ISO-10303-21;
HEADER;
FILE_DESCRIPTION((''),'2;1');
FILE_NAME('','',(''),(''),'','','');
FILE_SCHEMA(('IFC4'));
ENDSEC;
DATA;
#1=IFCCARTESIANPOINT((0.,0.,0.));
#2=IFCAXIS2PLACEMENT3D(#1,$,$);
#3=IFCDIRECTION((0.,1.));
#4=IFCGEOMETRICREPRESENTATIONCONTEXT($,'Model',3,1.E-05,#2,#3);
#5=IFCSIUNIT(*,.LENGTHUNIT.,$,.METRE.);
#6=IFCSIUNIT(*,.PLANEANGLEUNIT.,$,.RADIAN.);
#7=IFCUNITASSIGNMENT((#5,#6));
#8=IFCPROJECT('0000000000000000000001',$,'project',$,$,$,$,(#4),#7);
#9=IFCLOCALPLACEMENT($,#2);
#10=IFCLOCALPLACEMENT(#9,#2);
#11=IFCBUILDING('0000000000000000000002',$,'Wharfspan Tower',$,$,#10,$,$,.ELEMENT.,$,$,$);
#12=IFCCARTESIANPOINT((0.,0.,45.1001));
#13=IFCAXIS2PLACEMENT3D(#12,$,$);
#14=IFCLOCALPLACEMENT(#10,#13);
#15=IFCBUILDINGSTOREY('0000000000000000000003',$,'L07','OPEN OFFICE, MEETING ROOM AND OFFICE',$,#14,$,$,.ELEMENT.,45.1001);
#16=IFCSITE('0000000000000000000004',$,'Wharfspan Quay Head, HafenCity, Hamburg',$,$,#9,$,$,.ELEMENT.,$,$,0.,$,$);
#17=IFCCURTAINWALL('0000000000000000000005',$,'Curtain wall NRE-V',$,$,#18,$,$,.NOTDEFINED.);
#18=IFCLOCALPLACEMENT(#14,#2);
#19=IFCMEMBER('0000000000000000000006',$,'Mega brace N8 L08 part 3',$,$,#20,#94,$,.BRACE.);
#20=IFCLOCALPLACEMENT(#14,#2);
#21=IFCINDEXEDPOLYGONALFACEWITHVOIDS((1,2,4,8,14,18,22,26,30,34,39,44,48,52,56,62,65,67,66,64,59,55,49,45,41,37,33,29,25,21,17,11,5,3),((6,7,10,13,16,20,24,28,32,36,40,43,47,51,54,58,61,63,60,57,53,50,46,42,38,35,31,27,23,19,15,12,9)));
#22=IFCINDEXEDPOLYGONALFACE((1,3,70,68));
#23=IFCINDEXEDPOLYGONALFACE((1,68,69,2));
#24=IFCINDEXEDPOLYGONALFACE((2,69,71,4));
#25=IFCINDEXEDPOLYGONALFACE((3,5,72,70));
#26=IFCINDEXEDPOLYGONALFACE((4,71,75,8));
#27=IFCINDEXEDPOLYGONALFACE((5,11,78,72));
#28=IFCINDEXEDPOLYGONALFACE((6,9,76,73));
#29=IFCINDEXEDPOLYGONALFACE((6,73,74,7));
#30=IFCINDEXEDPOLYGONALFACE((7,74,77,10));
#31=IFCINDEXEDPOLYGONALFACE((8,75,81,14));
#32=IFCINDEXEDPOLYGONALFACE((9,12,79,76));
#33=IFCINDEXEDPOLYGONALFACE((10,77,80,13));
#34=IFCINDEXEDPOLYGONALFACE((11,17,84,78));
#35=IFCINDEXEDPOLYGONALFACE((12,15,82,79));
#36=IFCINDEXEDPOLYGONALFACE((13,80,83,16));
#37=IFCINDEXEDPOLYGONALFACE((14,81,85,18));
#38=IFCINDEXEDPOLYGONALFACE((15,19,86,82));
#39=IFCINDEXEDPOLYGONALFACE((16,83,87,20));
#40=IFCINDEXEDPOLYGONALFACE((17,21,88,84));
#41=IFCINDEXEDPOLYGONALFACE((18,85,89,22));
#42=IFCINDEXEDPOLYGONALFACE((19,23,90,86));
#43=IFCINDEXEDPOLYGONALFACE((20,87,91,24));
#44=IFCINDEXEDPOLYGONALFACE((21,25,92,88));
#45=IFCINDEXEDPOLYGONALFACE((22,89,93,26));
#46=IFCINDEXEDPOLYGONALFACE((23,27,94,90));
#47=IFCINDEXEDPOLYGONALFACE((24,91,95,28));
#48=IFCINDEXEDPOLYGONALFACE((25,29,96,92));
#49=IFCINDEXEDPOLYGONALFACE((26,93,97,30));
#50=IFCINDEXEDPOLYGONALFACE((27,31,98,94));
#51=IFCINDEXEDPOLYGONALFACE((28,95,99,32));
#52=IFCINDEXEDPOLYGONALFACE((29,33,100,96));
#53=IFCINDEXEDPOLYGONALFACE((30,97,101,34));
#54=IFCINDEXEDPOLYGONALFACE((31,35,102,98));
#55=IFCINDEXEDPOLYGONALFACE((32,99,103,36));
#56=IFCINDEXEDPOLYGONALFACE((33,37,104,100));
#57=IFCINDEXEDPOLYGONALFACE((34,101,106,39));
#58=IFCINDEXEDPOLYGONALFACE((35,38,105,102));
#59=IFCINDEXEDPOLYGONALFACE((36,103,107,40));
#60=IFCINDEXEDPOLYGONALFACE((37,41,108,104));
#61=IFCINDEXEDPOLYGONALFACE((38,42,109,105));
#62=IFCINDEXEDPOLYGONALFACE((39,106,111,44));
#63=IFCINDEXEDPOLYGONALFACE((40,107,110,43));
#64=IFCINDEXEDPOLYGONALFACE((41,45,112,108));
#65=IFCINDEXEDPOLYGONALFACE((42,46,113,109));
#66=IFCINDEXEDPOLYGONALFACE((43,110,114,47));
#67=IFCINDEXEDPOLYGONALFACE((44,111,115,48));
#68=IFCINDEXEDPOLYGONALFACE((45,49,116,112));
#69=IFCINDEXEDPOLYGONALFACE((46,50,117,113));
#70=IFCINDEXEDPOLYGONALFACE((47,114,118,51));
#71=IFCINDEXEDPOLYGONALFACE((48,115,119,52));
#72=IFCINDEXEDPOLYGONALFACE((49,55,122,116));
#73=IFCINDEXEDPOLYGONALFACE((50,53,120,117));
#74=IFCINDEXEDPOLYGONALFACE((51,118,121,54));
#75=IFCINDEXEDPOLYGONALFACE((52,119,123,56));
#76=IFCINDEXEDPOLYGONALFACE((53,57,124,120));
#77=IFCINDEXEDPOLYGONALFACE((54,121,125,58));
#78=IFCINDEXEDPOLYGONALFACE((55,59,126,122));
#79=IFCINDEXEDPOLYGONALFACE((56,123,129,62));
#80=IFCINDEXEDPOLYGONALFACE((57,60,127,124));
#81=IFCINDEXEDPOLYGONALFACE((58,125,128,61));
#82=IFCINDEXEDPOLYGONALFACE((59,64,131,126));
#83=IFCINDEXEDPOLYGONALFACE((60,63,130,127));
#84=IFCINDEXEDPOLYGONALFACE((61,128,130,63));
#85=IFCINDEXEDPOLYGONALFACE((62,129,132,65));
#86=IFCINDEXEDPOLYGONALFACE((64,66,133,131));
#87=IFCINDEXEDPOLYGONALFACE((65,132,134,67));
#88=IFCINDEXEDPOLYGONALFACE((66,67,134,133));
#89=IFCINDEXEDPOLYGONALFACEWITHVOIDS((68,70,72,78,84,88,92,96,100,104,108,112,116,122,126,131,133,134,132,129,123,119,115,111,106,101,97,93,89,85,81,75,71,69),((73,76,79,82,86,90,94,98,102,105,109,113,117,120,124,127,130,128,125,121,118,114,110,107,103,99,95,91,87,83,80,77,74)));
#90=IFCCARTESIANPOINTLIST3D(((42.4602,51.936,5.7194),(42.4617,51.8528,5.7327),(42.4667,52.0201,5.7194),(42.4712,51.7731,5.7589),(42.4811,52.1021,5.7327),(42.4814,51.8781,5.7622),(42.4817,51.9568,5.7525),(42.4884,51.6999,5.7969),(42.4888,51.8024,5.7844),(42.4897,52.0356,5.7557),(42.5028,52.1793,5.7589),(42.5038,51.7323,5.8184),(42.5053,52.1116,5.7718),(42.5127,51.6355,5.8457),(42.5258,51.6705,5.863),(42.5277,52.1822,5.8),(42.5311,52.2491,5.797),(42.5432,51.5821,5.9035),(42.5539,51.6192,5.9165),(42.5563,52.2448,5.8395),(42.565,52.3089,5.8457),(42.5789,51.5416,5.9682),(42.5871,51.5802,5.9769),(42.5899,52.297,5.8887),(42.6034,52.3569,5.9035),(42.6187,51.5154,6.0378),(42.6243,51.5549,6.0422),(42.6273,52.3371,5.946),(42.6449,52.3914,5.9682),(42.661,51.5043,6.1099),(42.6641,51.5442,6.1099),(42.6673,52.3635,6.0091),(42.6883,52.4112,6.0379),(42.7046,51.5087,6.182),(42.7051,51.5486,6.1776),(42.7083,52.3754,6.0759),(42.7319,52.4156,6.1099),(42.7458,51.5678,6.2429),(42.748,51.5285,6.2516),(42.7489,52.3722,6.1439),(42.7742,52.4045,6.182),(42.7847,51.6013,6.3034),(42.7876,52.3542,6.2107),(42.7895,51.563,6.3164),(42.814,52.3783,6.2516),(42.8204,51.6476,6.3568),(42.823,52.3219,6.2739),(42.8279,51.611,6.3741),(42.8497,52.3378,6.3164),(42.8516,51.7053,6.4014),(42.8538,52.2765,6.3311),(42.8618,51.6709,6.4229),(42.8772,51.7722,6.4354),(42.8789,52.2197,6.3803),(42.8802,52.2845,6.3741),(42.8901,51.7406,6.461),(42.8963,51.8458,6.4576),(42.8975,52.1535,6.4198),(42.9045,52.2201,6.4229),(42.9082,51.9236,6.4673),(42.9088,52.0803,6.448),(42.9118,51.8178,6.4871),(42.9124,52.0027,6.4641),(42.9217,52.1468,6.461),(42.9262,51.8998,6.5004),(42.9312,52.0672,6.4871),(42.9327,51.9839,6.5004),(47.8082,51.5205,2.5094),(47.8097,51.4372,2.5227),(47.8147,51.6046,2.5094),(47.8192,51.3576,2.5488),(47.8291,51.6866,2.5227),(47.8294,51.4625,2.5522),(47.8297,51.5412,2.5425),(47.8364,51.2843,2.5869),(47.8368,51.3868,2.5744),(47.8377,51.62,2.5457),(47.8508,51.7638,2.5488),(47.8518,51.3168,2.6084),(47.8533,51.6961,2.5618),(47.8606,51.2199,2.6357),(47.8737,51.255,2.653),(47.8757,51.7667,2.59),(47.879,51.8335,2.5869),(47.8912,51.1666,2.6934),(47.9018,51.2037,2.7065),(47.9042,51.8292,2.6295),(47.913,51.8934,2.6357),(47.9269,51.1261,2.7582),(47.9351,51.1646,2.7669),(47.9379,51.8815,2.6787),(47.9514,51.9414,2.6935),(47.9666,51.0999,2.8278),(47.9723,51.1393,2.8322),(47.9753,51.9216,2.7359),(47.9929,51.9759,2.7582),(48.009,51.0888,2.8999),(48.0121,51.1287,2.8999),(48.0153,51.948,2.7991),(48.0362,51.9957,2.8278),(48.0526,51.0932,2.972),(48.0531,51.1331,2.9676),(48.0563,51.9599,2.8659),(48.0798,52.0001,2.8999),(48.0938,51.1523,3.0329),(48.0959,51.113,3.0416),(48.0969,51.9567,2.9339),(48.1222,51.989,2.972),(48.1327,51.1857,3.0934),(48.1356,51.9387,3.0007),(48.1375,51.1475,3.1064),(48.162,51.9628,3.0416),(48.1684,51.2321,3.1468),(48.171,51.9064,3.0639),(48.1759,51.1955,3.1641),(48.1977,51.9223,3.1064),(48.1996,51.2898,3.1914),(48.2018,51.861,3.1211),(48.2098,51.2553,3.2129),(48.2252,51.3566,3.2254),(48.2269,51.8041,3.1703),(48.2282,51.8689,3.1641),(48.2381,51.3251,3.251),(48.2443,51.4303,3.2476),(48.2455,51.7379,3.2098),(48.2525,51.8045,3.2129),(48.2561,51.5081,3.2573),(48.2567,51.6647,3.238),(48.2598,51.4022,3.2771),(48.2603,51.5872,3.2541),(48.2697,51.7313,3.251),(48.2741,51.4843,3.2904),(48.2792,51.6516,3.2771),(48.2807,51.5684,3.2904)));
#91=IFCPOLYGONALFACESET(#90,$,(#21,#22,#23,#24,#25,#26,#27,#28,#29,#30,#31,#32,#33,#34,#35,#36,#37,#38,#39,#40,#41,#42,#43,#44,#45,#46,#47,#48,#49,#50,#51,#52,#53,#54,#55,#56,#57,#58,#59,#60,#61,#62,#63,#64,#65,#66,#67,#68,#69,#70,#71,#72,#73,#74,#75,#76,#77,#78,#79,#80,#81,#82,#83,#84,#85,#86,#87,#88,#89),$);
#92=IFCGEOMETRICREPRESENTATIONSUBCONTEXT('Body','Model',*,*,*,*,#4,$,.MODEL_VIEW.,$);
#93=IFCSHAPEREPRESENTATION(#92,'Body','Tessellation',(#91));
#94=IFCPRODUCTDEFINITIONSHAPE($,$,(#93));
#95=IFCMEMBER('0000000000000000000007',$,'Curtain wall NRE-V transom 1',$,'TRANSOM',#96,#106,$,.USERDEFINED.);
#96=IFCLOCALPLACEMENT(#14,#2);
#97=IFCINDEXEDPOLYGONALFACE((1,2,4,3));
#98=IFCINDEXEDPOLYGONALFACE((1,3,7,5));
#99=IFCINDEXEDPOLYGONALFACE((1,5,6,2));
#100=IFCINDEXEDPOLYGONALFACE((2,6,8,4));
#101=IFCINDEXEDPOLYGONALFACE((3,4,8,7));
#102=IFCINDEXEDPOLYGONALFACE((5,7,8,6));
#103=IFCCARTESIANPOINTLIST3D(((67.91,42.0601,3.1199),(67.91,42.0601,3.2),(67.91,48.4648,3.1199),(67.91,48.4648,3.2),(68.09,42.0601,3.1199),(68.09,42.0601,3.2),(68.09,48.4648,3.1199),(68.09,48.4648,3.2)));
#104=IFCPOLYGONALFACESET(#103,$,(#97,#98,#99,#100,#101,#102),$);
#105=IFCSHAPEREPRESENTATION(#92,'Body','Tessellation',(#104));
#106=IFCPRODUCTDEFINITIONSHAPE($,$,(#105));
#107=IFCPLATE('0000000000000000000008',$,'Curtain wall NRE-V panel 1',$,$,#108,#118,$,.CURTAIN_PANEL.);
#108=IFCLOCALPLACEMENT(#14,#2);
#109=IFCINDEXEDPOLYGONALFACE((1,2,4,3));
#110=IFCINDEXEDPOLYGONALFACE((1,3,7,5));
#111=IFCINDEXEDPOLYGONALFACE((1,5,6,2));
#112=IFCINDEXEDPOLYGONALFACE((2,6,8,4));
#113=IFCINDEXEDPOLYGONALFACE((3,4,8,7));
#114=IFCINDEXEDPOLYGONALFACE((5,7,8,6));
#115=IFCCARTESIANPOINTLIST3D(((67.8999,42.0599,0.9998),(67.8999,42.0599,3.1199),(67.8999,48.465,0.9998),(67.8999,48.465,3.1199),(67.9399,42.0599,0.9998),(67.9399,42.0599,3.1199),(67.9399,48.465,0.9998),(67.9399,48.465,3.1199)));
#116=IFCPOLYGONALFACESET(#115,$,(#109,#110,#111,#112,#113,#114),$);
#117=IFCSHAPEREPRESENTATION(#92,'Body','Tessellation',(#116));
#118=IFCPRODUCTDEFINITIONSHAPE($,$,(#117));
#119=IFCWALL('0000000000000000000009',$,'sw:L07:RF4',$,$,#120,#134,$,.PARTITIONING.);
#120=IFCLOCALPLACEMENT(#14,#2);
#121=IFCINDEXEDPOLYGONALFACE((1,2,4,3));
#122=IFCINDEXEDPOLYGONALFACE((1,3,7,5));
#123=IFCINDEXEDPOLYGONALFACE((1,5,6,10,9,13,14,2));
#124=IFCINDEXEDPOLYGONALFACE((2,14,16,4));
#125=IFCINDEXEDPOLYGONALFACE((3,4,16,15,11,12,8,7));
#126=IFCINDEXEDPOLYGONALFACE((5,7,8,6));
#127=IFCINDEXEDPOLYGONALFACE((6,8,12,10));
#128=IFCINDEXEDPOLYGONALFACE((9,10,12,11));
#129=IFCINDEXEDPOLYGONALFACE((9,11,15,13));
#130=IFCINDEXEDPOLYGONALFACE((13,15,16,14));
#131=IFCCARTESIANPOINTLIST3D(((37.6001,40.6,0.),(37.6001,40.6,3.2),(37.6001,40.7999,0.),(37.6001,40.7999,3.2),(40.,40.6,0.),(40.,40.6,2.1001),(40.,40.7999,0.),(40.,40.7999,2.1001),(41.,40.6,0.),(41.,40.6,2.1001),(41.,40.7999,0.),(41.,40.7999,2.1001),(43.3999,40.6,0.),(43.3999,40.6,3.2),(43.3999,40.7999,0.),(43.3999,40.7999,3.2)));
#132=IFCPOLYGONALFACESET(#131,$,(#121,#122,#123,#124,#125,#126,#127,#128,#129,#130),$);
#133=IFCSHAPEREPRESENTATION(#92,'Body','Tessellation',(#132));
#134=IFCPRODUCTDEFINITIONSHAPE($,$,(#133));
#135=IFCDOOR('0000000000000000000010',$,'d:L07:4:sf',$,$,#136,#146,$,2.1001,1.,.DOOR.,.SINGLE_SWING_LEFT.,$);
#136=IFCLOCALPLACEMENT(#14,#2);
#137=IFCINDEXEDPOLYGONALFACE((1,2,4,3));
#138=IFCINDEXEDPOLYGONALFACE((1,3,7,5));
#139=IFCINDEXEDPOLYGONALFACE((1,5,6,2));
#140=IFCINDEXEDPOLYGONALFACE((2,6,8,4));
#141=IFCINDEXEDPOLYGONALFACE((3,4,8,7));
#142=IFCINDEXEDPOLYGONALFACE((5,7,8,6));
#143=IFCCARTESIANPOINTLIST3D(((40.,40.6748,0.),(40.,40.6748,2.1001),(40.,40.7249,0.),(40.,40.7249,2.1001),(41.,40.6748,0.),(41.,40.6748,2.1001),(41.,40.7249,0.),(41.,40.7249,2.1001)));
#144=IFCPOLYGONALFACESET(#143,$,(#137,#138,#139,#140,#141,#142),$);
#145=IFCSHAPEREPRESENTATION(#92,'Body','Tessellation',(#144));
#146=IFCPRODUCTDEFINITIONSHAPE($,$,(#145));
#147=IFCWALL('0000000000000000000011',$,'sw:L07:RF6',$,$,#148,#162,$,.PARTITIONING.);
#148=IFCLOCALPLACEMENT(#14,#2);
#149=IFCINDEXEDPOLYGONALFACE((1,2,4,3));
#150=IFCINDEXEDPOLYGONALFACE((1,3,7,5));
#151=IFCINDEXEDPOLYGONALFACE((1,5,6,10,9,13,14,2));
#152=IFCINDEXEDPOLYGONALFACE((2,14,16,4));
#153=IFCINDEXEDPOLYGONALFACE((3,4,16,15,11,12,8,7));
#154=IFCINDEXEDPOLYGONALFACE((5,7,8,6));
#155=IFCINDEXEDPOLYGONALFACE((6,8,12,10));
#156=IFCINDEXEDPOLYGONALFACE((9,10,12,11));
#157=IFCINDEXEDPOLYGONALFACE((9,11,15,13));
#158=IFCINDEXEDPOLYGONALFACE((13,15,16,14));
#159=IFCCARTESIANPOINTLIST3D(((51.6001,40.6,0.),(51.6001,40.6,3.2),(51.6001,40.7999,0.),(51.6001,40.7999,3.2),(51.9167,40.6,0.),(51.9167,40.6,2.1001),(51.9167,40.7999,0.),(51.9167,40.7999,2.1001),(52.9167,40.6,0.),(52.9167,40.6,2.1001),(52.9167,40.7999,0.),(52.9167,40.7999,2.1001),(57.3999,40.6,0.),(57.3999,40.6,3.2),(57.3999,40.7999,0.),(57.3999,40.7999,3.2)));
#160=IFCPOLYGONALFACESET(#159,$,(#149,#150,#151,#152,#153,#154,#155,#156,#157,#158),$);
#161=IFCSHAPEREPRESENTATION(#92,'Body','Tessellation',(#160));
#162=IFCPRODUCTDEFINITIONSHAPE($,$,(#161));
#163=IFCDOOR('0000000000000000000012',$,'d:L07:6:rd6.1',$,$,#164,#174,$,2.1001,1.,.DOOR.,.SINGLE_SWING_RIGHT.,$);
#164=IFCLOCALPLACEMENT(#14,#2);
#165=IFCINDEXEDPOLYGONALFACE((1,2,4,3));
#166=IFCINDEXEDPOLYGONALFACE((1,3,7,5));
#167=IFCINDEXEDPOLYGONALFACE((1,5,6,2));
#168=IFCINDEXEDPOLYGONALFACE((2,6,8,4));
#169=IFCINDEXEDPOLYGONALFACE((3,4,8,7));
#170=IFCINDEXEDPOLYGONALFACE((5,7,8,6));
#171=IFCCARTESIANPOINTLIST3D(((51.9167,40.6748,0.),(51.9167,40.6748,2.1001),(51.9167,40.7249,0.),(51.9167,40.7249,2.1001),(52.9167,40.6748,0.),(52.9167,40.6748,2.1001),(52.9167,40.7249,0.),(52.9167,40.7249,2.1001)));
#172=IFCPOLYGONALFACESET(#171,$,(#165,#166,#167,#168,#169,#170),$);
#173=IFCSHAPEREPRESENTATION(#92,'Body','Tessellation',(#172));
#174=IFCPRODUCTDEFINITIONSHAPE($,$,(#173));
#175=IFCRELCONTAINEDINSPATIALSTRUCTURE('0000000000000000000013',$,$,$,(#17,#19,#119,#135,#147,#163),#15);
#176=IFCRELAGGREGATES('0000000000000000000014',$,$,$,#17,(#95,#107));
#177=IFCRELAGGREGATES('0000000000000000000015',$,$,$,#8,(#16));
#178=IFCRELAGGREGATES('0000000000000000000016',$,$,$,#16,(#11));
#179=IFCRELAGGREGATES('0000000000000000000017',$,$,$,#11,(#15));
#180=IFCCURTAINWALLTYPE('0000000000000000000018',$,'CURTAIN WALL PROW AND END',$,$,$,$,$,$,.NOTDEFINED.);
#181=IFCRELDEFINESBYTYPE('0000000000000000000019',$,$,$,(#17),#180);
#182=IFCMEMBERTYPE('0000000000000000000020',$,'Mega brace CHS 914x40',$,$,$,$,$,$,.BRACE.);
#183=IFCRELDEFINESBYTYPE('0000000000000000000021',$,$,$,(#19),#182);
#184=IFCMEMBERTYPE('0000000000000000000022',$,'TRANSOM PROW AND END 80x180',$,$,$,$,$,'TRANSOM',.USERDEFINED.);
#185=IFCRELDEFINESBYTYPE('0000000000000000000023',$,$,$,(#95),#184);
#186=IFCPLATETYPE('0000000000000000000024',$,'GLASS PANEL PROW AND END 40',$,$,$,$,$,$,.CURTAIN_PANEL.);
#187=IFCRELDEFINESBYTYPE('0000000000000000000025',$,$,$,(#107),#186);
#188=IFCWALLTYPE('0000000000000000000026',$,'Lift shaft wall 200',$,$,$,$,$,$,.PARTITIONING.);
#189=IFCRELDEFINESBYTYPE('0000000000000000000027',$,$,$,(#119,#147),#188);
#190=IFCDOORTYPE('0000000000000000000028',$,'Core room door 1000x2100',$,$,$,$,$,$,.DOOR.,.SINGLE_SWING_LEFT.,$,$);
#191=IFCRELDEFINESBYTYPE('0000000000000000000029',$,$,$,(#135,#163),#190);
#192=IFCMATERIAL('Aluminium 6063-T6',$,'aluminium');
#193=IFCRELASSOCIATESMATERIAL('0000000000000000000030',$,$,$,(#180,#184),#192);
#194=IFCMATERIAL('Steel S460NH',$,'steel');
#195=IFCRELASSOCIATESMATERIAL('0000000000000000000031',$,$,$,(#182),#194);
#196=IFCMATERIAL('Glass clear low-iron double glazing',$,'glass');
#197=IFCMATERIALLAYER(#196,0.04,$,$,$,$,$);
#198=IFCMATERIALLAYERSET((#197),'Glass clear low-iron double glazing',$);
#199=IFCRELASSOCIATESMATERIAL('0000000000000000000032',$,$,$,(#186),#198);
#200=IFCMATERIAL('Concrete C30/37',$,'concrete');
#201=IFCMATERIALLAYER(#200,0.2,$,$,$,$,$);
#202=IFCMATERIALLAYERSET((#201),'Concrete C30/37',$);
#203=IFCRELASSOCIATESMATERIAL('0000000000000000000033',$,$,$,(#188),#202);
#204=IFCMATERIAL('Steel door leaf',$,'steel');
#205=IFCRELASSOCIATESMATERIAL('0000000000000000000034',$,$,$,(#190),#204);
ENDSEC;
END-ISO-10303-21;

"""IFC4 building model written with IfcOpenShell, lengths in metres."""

from ifc_helpers import new_model, si_unit, direction, frame, frame_2d, origin, origin_2d, place, context, subcontext, project, spatial, rectangle, hollow_circle, extrude, material, layer, layer_set, material_profile, profile_set, type_object, element, fill, aggregate, save


model = new_model("IFC4")

# Units and contexts
model_context = context("Model", 3, precision=1e-05, world=origin(), true_north=direction((0.0, 1.0)))
body_context = subcontext(model_context, "Body", "Model", "MODEL_VIEW")
ifc_project = project(units=[si_unit("LENGTHUNIT", "METRE"), si_unit("PLANEANGLEUNIT", "RADIAN")], contexts=[model_context])

# Site, building, storey
site_placement = place(None, origin())
site = spatial("IfcSite", under=ifc_project, at=site_placement, Name="Wharfspan Quay Head, HafenCity, Hamburg", CompositionType="ELEMENT", RefElevation=0.0)
building_placement = place(site_placement, origin())
building = spatial("IfcBuilding", under=site, at=building_placement, Name="Wharfspan Tower", CompositionType="ELEMENT")
storey_placement = place(building_placement, frame((0.0, 0.0, 45.1001)))
storey = spatial("IfcBuildingStorey", under=building, at=storey_placement, Name="L07", Description="OPEN OFFICE, MEETING ROOM AND OFFICE", CompositionType="ELEMENT", Elevation=45.1001)

# Curtain wall
ifc_material_1 = material(Name="Aluminium 6063-T6", Category="aluminium")
curtain_wall_type = type_object("IfcCurtainWallType", Name="CURTAIN WALL PROW AND END", PredefinedType="NOTDEFINED", material=ifc_material_1)
curtain_wall_placement = place(storey_placement, origin())
curtain_wall = element("IfcCurtainWall", 1, at=curtain_wall_placement, inside=storey, type_object=curtain_wall_type, Name="Curtain wall NRE-V", PredefinedType="NOTDEFINED")

# Members
ifc_material_2 = material(Name="Steel S460NH", Category="steel")
ifc_material_profile_1 = material_profile(ifc_material_2, hollow_circle(Radius=0.457, WallThickness=0.04, at=origin_2d()))
ifc_profile_set_1 = profile_set([ifc_material_profile_1], Name="Steel S460NH")
member_type_1 = type_object("IfcMemberType", Name="Mega brace CHS 914x40", PredefinedType="BRACE", material=ifc_profile_set_1)
member_1_placement = place(storey_placement, frame((48.0444, 51.5444, 2.8999), z_axis=(-0.85551, 0.066472, 0.513501), x_axis=(-0.077467, -0.996995, -0.000003)))
element("IfcMember", 2, at=member_1_placement, inside=storey, type_object=member_type_1, Name="Mega brace N8 L08 part 3", PredefinedType="BRACE", context=body_context, shape_type="SweptSolid", body=[
    extrude(hollow_circle(Radius=0.457, WallThickness=0.04, at=origin_2d()), origin(), (0.0, 0.0, 1.0), 6.2512),
])
ifc_material_profile_2 = material_profile(ifc_material_1, rectangle(XDim=0.1799, YDim=0.0801, at=origin_2d()))
ifc_profile_set_2 = profile_set([ifc_material_profile_2], Name="Aluminium 6063-T6")
member_type_2 = type_object("IfcMemberType", Name="TRANSOM PROW AND END 80x180", ElementType="TRANSOM", PredefinedType="USERDEFINED", material=ifc_profile_set_2)
member_2_placement = place(storey_placement, frame((68.0, 42.0601, 3.1599), z_axis=(0.0, 1.0, 0.0), x_axis=(-1.0, 0.0, 0.0)))
member_2 = element("IfcMember", 3, at=member_2_placement, type_object=member_type_2, Name="Curtain wall NRE-V transom 1", ObjectType="TRANSOM", PredefinedType="USERDEFINED", context=body_context, shape_type="SweptSolid", body=[
    extrude(rectangle(XDim=0.1799, YDim=0.0801, at=origin_2d()), origin(), (0.0, 0.0, 1.0), 6.4048),
])

# Plate
ifc_material_3 = material(Name="Glass clear low-iron double glazing", Category="glass")
ifc_layer_1 = layer(ifc_material_3, 0.04)
ifc_layer_set_1 = layer_set([ifc_layer_1], Name="Glass clear low-iron double glazing")
plate_type = type_object("IfcPlateType", Name="GLASS PANEL PROW AND END 40", PredefinedType="CURTAIN_PANEL", material=ifc_layer_set_1)
plate_placement = place(storey_placement, frame((67.9199, 45.2625, 0.9998), z_axis=(0.0, 0.0, 1.0), x_axis=(0.0, 1.0, 0.0)))
plate = element("IfcPlate", 4, at=plate_placement, type_object=plate_type, Name="Curtain wall NRE-V panel 1", PredefinedType="CURTAIN_PANEL", context=body_context, shape_type="SweptSolid", body=[
    extrude(rectangle(XDim=6.405, YDim=0.04, at=origin_2d()), origin(), (0.0, 0.0, 1.0), 2.1201),
])
aggregate(curtain_wall, [member_2, plate])

# Walls, openings, doors
ifc_material_4 = material(Name="Concrete C30/37", Category="concrete")
ifc_layer_2 = layer(ifc_material_4, 0.2)
ifc_layer_set_2 = layer_set([ifc_layer_2], Name="Concrete C30/37")
wall_type_1 = type_object("IfcWallType", Name="Lift shaft wall 200", PredefinedType="PARTITIONING", material=ifc_layer_set_2)
wall_1_placement = place(storey_placement, frame((37.6001, 40.7, 0.0), z_axis=(0.0, 0.0, 1.0), x_axis=(1.0, 0.0, 0.0)))
wall_1 = element("IfcWall", 5, at=wall_1_placement, inside=storey, type_object=wall_type_1, Name="sw:L07:RF4", PredefinedType="PARTITIONING", context=body_context, shape_type="SweptSolid", body=[
    extrude(rectangle(XDim=5.7998, YDim=0.2, at=frame_2d((2.8999, 0.0))), origin(), (0.0, 0.0, 1.0), 3.2),
])
opening_1_placement = place(wall_1_placement, frame((2.3999, 0.0, 0.0)))
opening_1 = element("IfcOpeningElement", 6, at=opening_1_placement, cuts=wall_1, PredefinedType="OPENING", context=body_context, shape_type="SweptSolid", body=[
    extrude(rectangle(XDim=1.0, YDim=2.1001, at=frame_2d((0.5, 1.05))), frame((0.0, 0.1099, 0.0), z_axis=(0.0, -1.0, 0.0), x_axis=(1.0, 0.0, 0.0)), (0.0, 0.0, 1.0), 0.22),
])
ifc_material_5 = material(Name="Steel door leaf", Category="steel")
door_type_1 = type_object("IfcDoorType", Name="Core room door 1000x2100", OperationType="SINGLE_SWING_LEFT", PredefinedType="DOOR", material=ifc_material_5)
door_1_placement = place(opening_1_placement, origin())
door_1 = element("IfcDoor", 7, at=door_1_placement, inside=storey, type_object=door_type_1, Name="d:L07:4:sf", OperationType="SINGLE_SWING_LEFT", OverallHeight=2.1001, OverallWidth=1.0, PredefinedType="DOOR", context=body_context, shape_type="SweptSolid", body=[
    extrude(rectangle(XDim=1.0, YDim=2.1001, at=frame_2d((0.5, 1.05))), frame((0.0, 0.0249, 0.0), z_axis=(0.0, -1.0, 0.0), x_axis=(1.0, 0.0, 0.0)), (0.0, 0.0, 1.0), 0.05),
])
fill(opening_1, door_1)
wall_2_placement = place(storey_placement, frame((51.6001, 40.7, 0.0), z_axis=(0.0, 0.0, 1.0), x_axis=(1.0, 0.0, 0.0)))
wall_2 = element("IfcWall", 8, at=wall_2_placement, inside=storey, type_object=wall_type_1, Name="sw:L07:RF6", PredefinedType="PARTITIONING", context=body_context, shape_type="SweptSolid", body=[
    extrude(rectangle(XDim=5.7998, YDim=0.2, at=frame_2d((2.8999, 0.0))), origin(), (0.0, 0.0, 1.0), 3.2),
])
opening_2_placement = place(wall_2_placement, frame((0.3166, 0.0, 0.0)))
opening_2 = element("IfcOpeningElement", 9, at=opening_2_placement, cuts=wall_2, PredefinedType="OPENING", context=body_context, shape_type="SweptSolid", body=[
    extrude(rectangle(XDim=1.0, YDim=2.1001, at=frame_2d((0.5, 1.05))), frame((0.0, 0.1099, 0.0), z_axis=(0.0, -1.0, 0.0), x_axis=(1.0, 0.0, 0.0)), (0.0, 0.0, 1.0), 0.22),
])
door_2_placement = place(opening_2_placement, origin())
door_2 = element("IfcDoor", 10, at=door_2_placement, inside=storey, type_object=door_type_1, Name="d:L07:6:rd6.1", OperationType="SINGLE_SWING_RIGHT", OverallHeight=2.1001, OverallWidth=1.0, PredefinedType="DOOR", context=body_context, shape_type="SweptSolid", body=[
    extrude(rectangle(XDim=1.0, YDim=2.1001, at=frame_2d((0.5, 1.05))), frame((0.0, 0.0249, 0.0), z_axis=(0.0, -1.0, 0.0), x_axis=(1.0, 0.0, 0.0)), (0.0, 0.0, 1.0), 0.05),
])
fill(opening_2, door_2)

save(model, "model.ifc")
